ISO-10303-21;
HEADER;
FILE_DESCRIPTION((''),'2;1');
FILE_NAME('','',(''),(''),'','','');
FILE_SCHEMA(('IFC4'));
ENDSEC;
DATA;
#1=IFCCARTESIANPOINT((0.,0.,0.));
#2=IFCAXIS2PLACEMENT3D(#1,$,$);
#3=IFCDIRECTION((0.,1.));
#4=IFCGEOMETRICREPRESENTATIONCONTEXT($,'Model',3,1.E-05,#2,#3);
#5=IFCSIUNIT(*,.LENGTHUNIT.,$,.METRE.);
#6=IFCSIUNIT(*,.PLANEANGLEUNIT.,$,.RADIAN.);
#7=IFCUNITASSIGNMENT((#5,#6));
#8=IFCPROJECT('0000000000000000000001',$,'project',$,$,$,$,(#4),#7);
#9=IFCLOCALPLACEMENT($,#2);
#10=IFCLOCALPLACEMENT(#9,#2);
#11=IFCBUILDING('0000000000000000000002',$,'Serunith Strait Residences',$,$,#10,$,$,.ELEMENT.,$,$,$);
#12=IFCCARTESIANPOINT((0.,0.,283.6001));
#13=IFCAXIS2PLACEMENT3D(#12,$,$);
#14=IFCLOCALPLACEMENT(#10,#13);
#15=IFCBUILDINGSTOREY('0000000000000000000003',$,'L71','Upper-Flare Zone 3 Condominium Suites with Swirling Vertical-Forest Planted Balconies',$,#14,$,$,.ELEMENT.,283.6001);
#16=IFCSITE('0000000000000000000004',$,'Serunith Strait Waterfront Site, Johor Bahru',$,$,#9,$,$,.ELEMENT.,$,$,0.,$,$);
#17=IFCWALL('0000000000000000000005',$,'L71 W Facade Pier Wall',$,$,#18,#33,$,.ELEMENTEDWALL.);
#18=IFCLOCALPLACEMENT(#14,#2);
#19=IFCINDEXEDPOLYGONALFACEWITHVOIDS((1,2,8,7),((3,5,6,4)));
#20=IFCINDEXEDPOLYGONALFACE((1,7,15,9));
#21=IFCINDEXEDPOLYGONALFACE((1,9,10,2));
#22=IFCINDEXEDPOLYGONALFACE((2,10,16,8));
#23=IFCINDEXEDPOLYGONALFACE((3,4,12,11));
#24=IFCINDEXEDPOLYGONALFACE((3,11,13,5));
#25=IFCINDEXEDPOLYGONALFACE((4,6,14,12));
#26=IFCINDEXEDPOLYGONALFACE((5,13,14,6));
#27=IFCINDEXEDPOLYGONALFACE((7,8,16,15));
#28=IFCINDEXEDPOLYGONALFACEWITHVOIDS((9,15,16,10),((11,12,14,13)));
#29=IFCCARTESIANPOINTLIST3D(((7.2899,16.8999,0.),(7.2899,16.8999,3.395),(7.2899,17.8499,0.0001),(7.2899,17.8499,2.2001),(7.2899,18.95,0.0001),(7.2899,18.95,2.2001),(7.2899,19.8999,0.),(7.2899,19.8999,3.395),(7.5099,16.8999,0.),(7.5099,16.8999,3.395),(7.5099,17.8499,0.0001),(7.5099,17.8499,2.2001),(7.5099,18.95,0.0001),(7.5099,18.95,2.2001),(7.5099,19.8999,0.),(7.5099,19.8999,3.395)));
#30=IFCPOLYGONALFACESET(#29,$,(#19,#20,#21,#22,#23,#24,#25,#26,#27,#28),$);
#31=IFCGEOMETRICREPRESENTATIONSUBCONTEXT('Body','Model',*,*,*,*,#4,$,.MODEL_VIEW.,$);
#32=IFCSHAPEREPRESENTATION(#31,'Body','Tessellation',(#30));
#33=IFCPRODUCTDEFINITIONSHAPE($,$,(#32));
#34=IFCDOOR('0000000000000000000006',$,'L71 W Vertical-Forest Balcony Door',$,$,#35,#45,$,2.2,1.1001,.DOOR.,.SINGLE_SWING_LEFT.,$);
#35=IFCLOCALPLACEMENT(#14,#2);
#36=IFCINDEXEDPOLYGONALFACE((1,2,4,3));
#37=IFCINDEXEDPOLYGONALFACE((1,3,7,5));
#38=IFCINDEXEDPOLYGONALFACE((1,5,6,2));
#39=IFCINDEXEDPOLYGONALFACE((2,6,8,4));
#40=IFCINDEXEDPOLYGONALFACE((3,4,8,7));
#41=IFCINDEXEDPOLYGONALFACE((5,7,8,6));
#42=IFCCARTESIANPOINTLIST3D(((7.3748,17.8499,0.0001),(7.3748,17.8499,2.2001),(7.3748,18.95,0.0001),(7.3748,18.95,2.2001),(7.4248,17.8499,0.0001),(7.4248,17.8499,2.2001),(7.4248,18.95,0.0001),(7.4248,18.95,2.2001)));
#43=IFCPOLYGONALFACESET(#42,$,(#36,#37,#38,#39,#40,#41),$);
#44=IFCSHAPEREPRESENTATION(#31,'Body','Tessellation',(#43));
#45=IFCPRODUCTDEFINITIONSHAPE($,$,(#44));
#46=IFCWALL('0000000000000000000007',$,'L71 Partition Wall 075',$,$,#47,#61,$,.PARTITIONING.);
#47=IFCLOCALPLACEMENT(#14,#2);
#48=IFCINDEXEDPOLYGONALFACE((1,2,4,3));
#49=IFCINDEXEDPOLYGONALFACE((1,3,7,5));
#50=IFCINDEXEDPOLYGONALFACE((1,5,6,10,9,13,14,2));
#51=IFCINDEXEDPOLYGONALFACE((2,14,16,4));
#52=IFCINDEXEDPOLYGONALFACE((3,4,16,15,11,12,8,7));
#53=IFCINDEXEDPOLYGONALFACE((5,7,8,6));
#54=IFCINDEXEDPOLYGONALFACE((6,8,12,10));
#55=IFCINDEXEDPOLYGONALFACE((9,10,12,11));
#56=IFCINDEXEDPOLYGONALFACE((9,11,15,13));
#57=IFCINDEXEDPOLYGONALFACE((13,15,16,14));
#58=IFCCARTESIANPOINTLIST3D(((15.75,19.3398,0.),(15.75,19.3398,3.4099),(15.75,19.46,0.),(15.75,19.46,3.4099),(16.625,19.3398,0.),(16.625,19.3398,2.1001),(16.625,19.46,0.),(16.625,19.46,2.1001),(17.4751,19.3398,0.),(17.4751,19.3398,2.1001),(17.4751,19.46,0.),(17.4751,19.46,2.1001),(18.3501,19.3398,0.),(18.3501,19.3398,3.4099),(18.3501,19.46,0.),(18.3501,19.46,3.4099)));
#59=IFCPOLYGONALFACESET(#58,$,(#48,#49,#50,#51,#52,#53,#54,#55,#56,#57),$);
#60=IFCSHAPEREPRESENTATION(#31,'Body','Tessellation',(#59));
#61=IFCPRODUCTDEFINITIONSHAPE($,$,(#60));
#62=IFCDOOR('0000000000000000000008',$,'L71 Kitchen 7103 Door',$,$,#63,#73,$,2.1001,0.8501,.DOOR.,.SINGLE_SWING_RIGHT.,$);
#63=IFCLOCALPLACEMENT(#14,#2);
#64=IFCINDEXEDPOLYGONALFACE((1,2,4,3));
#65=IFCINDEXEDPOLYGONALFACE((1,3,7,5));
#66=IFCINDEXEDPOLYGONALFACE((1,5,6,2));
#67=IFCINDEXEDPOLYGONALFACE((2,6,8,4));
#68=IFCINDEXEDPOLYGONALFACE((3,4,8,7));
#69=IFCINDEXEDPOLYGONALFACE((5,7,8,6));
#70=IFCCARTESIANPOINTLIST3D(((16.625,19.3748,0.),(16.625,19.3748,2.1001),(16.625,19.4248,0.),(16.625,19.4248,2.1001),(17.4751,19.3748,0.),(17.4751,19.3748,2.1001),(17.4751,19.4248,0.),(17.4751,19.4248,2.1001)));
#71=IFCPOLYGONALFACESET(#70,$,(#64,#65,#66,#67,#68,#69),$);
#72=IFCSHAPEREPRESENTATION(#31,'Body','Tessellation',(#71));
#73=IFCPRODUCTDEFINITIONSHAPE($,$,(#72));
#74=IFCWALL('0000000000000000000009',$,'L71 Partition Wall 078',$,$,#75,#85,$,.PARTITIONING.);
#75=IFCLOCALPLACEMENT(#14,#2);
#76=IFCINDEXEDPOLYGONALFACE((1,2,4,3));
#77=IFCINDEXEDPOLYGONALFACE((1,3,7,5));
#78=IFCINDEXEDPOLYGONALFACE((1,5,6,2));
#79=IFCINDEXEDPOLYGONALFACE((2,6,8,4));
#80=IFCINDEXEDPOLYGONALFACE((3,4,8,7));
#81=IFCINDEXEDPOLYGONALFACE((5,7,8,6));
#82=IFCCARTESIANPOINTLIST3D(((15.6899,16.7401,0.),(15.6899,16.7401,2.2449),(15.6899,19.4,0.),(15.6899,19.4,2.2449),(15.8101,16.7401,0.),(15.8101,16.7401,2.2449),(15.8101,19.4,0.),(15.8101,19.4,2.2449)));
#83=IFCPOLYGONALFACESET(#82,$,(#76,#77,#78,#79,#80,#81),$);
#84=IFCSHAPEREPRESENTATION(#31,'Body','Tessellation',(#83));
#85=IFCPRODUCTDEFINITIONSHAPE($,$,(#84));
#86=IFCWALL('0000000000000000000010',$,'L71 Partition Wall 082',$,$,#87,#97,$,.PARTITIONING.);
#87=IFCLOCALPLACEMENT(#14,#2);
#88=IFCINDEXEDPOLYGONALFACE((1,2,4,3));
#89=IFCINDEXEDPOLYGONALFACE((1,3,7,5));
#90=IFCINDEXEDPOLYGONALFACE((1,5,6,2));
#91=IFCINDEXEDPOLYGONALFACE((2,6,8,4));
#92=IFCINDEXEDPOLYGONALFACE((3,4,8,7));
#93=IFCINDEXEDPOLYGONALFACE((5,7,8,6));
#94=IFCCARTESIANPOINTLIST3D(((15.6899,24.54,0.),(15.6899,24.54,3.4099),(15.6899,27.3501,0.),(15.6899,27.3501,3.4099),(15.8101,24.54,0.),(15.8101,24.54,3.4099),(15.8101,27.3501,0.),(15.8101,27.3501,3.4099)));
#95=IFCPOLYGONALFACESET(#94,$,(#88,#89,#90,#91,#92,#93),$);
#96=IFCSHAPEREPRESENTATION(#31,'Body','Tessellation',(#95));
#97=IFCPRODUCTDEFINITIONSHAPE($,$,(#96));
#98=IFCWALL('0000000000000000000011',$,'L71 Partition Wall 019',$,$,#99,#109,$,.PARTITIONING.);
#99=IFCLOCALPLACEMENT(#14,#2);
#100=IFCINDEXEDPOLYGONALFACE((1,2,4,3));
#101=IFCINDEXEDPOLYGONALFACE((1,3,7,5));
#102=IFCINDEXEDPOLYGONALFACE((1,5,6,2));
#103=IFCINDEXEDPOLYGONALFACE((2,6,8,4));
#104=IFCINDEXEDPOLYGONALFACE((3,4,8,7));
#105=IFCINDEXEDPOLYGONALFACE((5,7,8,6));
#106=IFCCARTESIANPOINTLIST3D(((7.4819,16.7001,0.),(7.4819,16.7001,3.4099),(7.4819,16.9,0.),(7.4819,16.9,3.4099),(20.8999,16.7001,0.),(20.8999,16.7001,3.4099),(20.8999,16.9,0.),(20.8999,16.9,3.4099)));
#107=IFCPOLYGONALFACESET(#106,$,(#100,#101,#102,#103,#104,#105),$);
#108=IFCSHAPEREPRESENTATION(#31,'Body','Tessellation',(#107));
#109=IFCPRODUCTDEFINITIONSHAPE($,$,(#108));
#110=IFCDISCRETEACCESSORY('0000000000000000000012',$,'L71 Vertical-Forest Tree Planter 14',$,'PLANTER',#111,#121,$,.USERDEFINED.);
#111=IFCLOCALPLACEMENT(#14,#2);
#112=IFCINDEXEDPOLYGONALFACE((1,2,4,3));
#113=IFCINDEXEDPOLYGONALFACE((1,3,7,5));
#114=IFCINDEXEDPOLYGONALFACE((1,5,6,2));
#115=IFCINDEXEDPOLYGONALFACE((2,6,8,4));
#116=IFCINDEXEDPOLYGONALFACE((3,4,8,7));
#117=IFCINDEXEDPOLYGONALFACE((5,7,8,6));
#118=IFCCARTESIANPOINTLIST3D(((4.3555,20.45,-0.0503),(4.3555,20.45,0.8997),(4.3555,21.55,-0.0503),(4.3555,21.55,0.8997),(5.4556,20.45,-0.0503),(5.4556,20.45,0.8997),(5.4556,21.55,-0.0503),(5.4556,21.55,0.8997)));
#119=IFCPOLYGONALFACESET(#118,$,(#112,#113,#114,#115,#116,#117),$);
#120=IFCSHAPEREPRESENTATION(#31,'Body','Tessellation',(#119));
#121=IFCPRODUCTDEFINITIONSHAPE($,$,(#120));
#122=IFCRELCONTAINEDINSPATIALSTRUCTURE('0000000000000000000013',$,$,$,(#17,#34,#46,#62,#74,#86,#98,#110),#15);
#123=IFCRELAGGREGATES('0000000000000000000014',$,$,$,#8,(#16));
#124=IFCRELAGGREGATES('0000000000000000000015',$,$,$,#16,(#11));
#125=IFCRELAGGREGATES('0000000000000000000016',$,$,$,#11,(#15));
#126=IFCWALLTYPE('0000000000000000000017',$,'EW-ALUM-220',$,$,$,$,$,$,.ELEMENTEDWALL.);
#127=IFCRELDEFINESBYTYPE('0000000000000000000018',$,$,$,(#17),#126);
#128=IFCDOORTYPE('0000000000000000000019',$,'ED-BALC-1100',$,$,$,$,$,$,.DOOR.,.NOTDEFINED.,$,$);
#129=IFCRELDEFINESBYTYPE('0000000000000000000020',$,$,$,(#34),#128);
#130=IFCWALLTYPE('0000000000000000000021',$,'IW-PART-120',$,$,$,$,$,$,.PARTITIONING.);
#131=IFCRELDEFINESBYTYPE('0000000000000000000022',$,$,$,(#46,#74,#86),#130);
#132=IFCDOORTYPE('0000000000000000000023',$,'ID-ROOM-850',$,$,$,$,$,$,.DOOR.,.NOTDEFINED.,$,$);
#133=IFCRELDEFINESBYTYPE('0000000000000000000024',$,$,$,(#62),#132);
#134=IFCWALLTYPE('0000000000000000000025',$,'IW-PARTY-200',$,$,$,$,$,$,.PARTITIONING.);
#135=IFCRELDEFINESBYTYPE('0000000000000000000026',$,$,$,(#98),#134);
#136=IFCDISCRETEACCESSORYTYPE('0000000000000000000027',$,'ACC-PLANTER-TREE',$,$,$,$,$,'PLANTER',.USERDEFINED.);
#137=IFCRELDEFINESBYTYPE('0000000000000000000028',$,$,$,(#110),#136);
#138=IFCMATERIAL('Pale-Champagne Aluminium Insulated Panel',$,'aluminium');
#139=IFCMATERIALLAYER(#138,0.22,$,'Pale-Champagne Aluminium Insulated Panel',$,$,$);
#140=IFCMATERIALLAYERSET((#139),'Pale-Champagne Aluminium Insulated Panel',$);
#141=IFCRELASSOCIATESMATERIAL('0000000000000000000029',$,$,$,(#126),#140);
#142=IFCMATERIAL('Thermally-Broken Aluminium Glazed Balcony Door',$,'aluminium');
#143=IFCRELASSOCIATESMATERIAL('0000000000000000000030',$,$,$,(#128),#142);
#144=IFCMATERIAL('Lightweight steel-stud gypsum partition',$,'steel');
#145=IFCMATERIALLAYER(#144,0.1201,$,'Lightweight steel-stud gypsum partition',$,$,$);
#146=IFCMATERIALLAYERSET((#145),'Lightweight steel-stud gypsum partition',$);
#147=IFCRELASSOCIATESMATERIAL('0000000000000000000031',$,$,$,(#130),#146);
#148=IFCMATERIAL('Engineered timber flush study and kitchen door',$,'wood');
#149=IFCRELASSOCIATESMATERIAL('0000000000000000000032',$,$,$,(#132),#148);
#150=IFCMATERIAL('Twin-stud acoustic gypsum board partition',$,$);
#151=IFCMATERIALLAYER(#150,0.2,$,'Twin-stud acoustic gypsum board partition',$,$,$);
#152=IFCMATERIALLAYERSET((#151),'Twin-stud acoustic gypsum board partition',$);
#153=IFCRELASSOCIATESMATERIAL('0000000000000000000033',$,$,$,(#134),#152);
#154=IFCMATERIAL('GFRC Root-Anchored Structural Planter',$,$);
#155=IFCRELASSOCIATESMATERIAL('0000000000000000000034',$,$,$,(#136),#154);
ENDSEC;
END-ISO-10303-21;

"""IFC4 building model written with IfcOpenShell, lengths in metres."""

from ifc_helpers import new_model, si_unit, direction, frame, frame_2d, origin, origin_2d, place, context, subcontext, project, spatial, rectangle, extrude, source, transform, mapped, material, layer, layer_set, type_object, element, fill, save


model = new_model("IFC4")

# Units and contexts
model_context = context("Model", 3, precision=1e-05, world=origin(), true_north=direction((0.0, 1.0)))
body_context = subcontext(model_context, "Body", "Model", "MODEL_VIEW")
ifc_project = project(units=[si_unit("LENGTHUNIT", "METRE"), si_unit("PLANEANGLEUNIT", "RADIAN")], contexts=[model_context])

# Site, building, storey
site_placement = place(None, origin())
site = spatial("IfcSite", under=ifc_project, at=site_placement, Name="Serunith Strait Waterfront Site, Johor Bahru", CompositionType="ELEMENT", RefElevation=0.0)
building_placement = place(site_placement, origin())
building = spatial("IfcBuilding", under=site, at=building_placement, Name="Serunith Strait Residences", CompositionType="ELEMENT")
storey_placement = place(building_placement, frame((0.0, 0.0, 283.6001)))
storey = spatial("IfcBuildingStorey", under=building, at=storey_placement, Name="L71", Description="Upper-Flare Zone 3 Condominium Suites with Swirling Vertical-Forest Planted Balconies", CompositionType="ELEMENT", Elevation=283.6001)

# Walls, openings, doors
ifc_material_1 = material(Name="Pale-Champagne Aluminium Insulated Panel", Category="aluminium")
ifc_layer_1 = layer(ifc_material_1, 0.22, Name="Pale-Champagne Aluminium Insulated Panel")
ifc_layer_set_1 = layer_set([ifc_layer_1], Name="Pale-Champagne Aluminium Insulated Panel")
wall_type_1 = type_object("IfcWallType", Name="EW-ALUM-220", PredefinedType="ELEMENTEDWALL", material=ifc_layer_set_1)
wall_1_placement = place(storey_placement, frame((7.3999, 19.8999, 0.0), z_axis=(0.0, 0.0, 1.0), x_axis=(0.0, -1.0, 0.0)))
wall_1 = element("IfcWall", 1, at=wall_1_placement, inside=storey, type_object=wall_type_1, Name="L71 W Facade Pier Wall", PredefinedType="ELEMENTEDWALL", context=body_context, shape_type="SweptSolid", body=[
    extrude(rectangle(XDim=3.0, YDim=0.22, at=frame_2d((1.5, 0.0))), origin(), (0.0, 0.0, 1.0), 3.395),
])
opening_1_placement = place(wall_1_placement, frame((0.95, 0.0, 0.0)))
opening_1 = element("IfcOpeningElement", 2, at=opening_1_placement, cuts=wall_1, PredefinedType="OPENING", context=body_context, shape_type="SweptSolid", body=[
    extrude(rectangle(XDim=1.1001, YDim=2.2, at=frame_2d((0.55, 1.1001))), frame((0.0, 0.1201, 0.0), z_axis=(0.0, -1.0, 0.0), x_axis=(1.0, 0.0, 0.0)), (0.0, 0.0, 1.0), 0.24),
])
ifc_material_2 = material(Name="Thermally-Broken Aluminium Glazed Balcony Door", Category="aluminium")
door_type_1 = type_object("IfcDoorType", Name="ED-BALC-1100", OperationType="NOTDEFINED", PredefinedType="DOOR", material=ifc_material_2)
shared_shape_1 = source(origin(), body_context, "Body", "SweptSolid", [
    extrude(rectangle(XDim=1.1001, YDim=2.2, at=frame_2d((0.55, 1.1001))), frame((0.0, 0.0249, 0.0), z_axis=(0.0, -1.0, 0.0), x_axis=(1.0, 0.0, 0.0)), (0.0, 0.0, 1.0), 0.05),
])
door_1_placement = place(opening_1_placement, origin())
door_1 = element("IfcDoor", 3, at=door_1_placement, inside=storey, type_object=door_type_1, Name="L71 W Vertical-Forest Balcony Door", OperationType="SINGLE_SWING_LEFT", OverallHeight=2.2, OverallWidth=1.1001, PredefinedType="DOOR", context=body_context, shape_type="MappedRepresentation", body=[
    mapped(shared_shape_1, transform((0.0, 0.0, 0.0), scale=1.0)),
])
fill(opening_1, door_1)
ifc_material_3 = material(Name="Lightweight steel-stud gypsum partition", Category="steel")
ifc_layer_2 = layer(ifc_material_3, 0.1201, Name="Lightweight steel-stud gypsum partition")
ifc_layer_set_2 = layer_set([ifc_layer_2], Name="Lightweight steel-stud gypsum partition")
wall_type_2 = type_object("IfcWallType", Name="IW-PART-120", PredefinedType="PARTITIONING", material=ifc_layer_set_2)
wall_2_placement = place(storey_placement, frame((15.75, 19.3999, 0.0), z_axis=(0.0, 0.0, 1.0), x_axis=(1.0, 0.0, 0.0)))
wall_2 = element("IfcWall", 4, at=wall_2_placement, inside=storey, type_object=wall_type_2, Name="L71 Partition Wall 075", PredefinedType="PARTITIONING", context=body_context, shape_type="SweptSolid", body=[
    extrude(rectangle(XDim=2.6001, YDim=0.1201, at=frame_2d((1.3, 0.0))), origin(), (0.0, 0.0, 1.0), 3.4099),
])
opening_2_placement = place(wall_2_placement, frame((0.875, 0.0, 0.0)))
opening_2 = element("IfcOpeningElement", 5, at=opening_2_placement, cuts=wall_2, PredefinedType="OPENING", context=body_context, shape_type="SweptSolid", body=[
    extrude(rectangle(XDim=0.8501, YDim=2.1001, at=frame_2d((0.425, 1.05))), frame((0.0, 0.0701, 0.0), z_axis=(0.0, -1.0, 0.0), x_axis=(1.0, 0.0, 0.0)), (0.0, 0.0, 1.0), 0.1401),
])
ifc_material_4 = material(Name="Engineered timber flush study and kitchen door", Category="wood")
door_type_2 = type_object("IfcDoorType", Name="ID-ROOM-850", OperationType="NOTDEFINED", PredefinedType="DOOR", material=ifc_material_4)
shared_shape_2 = source(origin(), body_context, "Body", "SweptSolid", [
    extrude(rectangle(XDim=0.8501, YDim=2.1001, at=frame_2d((0.425, 1.05))), frame((0.0, 0.0249, 0.0), z_axis=(0.0, -1.0, 0.0), x_axis=(1.0, 0.0, 0.0)), (0.0, 0.0, 1.0), 0.05),
])
door_2_placement = place(opening_2_placement, origin())
door_2 = element("IfcDoor", 6, at=door_2_placement, inside=storey, type_object=door_type_2, Name="L71 Kitchen 7103 Door", OperationType="SINGLE_SWING_RIGHT", OverallHeight=2.1001, OverallWidth=0.8501, PredefinedType="DOOR", context=body_context, shape_type="MappedRepresentation", body=[
    mapped(shared_shape_2, transform((0.0, 0.0, 0.0), scale=1.0)),
])
fill(opening_2, door_2)

# Walls
wall_3_placement = place(storey_placement, frame((15.75, 16.74, 0.0), z_axis=(0.0, 0.0, 1.0), x_axis=(0.0, 1.0, 0.0)))
element("IfcWall", 7, at=wall_3_placement, inside=storey, type_object=wall_type_2, Name="L71 Partition Wall 078", PredefinedType="PARTITIONING", context=body_context, shape_type="SweptSolid", body=[
    extrude(rectangle(XDim=2.6599, YDim=0.1201, at=frame_2d((1.3301, 0.0))), origin(), (0.0, 0.0, 1.0), 2.2449),
])
wall_4_placement = place(storey_placement, frame((15.75, 24.54, 0.0), z_axis=(0.0, 0.0, 1.0), x_axis=(0.0, 1.0, 0.0)))
element("IfcWall", 8, at=wall_4_placement, inside=storey, type_object=wall_type_2, Name="L71 Partition Wall 082", PredefinedType="PARTITIONING", context=body_context, shape_type="SweptSolid", body=[
    extrude(rectangle(XDim=2.8101, YDim=0.1201, at=frame_2d((1.405, 0.0))), origin(), (0.0, 0.0, 1.0), 3.4099),
])
ifc_material_5 = material(Name="Twin-stud acoustic gypsum board partition")
ifc_layer_3 = layer(ifc_material_5, 0.2, Name="Twin-stud acoustic gypsum board partition")
ifc_layer_set_3 = layer_set([ifc_layer_3], Name="Twin-stud acoustic gypsum board partition")
wall_type_3 = type_object("IfcWallType", Name="IW-PARTY-200", PredefinedType="PARTITIONING", material=ifc_layer_set_3)
wall_5_placement = place(storey_placement, frame((7.4819, 16.8, 0.0), z_axis=(0.0, 0.0, 1.0), x_axis=(1.0, 0.0, 0.0)))
element("IfcWall", 9, at=wall_5_placement, inside=storey, type_object=wall_type_3, Name="L71 Partition Wall 019", PredefinedType="PARTITIONING", context=body_context, shape_type="SweptSolid", body=[
    extrude(rectangle(XDim=13.418, YDim=0.2, at=frame_2d((6.709, 0.0))), origin(), (0.0, 0.0, 1.0), 3.4099),
])

# Discrete accessory
ifc_material_6 = material(Name="GFRC Root-Anchored Structural Planter")
discrete_accessory_type = type_object("IfcDiscreteAccessoryType", Name="ACC-PLANTER-TREE", ElementType="PLANTER", PredefinedType="USERDEFINED", material=ifc_material_6)
shared_shape_3 = source(origin(), body_context, "Body", "SweptSolid", [
    extrude(rectangle(XDim=1.1001, YDim=1.1001, at=origin_2d()), origin(), (0.0, 0.0, 1.0), 0.95),
])
discrete_accessory_placement = place(storey_placement, frame((4.9055, 21.0, -0.0503), z_axis=(0.0, 0.0, 1.0), x_axis=(0.0, -1.0, 0.0)))
element("IfcDiscreteAccessory", 10, at=discrete_accessory_placement, inside=storey, type_object=discrete_accessory_type, Name="L71 Vertical-Forest Tree Planter 14", ObjectType="PLANTER", PredefinedType="USERDEFINED", context=body_context, shape_type="MappedRepresentation", body=[
    mapped(shared_shape_3, transform((0.0, 0.0, 0.0), scale=1.0)),
])

save(model, "model.ifc")
